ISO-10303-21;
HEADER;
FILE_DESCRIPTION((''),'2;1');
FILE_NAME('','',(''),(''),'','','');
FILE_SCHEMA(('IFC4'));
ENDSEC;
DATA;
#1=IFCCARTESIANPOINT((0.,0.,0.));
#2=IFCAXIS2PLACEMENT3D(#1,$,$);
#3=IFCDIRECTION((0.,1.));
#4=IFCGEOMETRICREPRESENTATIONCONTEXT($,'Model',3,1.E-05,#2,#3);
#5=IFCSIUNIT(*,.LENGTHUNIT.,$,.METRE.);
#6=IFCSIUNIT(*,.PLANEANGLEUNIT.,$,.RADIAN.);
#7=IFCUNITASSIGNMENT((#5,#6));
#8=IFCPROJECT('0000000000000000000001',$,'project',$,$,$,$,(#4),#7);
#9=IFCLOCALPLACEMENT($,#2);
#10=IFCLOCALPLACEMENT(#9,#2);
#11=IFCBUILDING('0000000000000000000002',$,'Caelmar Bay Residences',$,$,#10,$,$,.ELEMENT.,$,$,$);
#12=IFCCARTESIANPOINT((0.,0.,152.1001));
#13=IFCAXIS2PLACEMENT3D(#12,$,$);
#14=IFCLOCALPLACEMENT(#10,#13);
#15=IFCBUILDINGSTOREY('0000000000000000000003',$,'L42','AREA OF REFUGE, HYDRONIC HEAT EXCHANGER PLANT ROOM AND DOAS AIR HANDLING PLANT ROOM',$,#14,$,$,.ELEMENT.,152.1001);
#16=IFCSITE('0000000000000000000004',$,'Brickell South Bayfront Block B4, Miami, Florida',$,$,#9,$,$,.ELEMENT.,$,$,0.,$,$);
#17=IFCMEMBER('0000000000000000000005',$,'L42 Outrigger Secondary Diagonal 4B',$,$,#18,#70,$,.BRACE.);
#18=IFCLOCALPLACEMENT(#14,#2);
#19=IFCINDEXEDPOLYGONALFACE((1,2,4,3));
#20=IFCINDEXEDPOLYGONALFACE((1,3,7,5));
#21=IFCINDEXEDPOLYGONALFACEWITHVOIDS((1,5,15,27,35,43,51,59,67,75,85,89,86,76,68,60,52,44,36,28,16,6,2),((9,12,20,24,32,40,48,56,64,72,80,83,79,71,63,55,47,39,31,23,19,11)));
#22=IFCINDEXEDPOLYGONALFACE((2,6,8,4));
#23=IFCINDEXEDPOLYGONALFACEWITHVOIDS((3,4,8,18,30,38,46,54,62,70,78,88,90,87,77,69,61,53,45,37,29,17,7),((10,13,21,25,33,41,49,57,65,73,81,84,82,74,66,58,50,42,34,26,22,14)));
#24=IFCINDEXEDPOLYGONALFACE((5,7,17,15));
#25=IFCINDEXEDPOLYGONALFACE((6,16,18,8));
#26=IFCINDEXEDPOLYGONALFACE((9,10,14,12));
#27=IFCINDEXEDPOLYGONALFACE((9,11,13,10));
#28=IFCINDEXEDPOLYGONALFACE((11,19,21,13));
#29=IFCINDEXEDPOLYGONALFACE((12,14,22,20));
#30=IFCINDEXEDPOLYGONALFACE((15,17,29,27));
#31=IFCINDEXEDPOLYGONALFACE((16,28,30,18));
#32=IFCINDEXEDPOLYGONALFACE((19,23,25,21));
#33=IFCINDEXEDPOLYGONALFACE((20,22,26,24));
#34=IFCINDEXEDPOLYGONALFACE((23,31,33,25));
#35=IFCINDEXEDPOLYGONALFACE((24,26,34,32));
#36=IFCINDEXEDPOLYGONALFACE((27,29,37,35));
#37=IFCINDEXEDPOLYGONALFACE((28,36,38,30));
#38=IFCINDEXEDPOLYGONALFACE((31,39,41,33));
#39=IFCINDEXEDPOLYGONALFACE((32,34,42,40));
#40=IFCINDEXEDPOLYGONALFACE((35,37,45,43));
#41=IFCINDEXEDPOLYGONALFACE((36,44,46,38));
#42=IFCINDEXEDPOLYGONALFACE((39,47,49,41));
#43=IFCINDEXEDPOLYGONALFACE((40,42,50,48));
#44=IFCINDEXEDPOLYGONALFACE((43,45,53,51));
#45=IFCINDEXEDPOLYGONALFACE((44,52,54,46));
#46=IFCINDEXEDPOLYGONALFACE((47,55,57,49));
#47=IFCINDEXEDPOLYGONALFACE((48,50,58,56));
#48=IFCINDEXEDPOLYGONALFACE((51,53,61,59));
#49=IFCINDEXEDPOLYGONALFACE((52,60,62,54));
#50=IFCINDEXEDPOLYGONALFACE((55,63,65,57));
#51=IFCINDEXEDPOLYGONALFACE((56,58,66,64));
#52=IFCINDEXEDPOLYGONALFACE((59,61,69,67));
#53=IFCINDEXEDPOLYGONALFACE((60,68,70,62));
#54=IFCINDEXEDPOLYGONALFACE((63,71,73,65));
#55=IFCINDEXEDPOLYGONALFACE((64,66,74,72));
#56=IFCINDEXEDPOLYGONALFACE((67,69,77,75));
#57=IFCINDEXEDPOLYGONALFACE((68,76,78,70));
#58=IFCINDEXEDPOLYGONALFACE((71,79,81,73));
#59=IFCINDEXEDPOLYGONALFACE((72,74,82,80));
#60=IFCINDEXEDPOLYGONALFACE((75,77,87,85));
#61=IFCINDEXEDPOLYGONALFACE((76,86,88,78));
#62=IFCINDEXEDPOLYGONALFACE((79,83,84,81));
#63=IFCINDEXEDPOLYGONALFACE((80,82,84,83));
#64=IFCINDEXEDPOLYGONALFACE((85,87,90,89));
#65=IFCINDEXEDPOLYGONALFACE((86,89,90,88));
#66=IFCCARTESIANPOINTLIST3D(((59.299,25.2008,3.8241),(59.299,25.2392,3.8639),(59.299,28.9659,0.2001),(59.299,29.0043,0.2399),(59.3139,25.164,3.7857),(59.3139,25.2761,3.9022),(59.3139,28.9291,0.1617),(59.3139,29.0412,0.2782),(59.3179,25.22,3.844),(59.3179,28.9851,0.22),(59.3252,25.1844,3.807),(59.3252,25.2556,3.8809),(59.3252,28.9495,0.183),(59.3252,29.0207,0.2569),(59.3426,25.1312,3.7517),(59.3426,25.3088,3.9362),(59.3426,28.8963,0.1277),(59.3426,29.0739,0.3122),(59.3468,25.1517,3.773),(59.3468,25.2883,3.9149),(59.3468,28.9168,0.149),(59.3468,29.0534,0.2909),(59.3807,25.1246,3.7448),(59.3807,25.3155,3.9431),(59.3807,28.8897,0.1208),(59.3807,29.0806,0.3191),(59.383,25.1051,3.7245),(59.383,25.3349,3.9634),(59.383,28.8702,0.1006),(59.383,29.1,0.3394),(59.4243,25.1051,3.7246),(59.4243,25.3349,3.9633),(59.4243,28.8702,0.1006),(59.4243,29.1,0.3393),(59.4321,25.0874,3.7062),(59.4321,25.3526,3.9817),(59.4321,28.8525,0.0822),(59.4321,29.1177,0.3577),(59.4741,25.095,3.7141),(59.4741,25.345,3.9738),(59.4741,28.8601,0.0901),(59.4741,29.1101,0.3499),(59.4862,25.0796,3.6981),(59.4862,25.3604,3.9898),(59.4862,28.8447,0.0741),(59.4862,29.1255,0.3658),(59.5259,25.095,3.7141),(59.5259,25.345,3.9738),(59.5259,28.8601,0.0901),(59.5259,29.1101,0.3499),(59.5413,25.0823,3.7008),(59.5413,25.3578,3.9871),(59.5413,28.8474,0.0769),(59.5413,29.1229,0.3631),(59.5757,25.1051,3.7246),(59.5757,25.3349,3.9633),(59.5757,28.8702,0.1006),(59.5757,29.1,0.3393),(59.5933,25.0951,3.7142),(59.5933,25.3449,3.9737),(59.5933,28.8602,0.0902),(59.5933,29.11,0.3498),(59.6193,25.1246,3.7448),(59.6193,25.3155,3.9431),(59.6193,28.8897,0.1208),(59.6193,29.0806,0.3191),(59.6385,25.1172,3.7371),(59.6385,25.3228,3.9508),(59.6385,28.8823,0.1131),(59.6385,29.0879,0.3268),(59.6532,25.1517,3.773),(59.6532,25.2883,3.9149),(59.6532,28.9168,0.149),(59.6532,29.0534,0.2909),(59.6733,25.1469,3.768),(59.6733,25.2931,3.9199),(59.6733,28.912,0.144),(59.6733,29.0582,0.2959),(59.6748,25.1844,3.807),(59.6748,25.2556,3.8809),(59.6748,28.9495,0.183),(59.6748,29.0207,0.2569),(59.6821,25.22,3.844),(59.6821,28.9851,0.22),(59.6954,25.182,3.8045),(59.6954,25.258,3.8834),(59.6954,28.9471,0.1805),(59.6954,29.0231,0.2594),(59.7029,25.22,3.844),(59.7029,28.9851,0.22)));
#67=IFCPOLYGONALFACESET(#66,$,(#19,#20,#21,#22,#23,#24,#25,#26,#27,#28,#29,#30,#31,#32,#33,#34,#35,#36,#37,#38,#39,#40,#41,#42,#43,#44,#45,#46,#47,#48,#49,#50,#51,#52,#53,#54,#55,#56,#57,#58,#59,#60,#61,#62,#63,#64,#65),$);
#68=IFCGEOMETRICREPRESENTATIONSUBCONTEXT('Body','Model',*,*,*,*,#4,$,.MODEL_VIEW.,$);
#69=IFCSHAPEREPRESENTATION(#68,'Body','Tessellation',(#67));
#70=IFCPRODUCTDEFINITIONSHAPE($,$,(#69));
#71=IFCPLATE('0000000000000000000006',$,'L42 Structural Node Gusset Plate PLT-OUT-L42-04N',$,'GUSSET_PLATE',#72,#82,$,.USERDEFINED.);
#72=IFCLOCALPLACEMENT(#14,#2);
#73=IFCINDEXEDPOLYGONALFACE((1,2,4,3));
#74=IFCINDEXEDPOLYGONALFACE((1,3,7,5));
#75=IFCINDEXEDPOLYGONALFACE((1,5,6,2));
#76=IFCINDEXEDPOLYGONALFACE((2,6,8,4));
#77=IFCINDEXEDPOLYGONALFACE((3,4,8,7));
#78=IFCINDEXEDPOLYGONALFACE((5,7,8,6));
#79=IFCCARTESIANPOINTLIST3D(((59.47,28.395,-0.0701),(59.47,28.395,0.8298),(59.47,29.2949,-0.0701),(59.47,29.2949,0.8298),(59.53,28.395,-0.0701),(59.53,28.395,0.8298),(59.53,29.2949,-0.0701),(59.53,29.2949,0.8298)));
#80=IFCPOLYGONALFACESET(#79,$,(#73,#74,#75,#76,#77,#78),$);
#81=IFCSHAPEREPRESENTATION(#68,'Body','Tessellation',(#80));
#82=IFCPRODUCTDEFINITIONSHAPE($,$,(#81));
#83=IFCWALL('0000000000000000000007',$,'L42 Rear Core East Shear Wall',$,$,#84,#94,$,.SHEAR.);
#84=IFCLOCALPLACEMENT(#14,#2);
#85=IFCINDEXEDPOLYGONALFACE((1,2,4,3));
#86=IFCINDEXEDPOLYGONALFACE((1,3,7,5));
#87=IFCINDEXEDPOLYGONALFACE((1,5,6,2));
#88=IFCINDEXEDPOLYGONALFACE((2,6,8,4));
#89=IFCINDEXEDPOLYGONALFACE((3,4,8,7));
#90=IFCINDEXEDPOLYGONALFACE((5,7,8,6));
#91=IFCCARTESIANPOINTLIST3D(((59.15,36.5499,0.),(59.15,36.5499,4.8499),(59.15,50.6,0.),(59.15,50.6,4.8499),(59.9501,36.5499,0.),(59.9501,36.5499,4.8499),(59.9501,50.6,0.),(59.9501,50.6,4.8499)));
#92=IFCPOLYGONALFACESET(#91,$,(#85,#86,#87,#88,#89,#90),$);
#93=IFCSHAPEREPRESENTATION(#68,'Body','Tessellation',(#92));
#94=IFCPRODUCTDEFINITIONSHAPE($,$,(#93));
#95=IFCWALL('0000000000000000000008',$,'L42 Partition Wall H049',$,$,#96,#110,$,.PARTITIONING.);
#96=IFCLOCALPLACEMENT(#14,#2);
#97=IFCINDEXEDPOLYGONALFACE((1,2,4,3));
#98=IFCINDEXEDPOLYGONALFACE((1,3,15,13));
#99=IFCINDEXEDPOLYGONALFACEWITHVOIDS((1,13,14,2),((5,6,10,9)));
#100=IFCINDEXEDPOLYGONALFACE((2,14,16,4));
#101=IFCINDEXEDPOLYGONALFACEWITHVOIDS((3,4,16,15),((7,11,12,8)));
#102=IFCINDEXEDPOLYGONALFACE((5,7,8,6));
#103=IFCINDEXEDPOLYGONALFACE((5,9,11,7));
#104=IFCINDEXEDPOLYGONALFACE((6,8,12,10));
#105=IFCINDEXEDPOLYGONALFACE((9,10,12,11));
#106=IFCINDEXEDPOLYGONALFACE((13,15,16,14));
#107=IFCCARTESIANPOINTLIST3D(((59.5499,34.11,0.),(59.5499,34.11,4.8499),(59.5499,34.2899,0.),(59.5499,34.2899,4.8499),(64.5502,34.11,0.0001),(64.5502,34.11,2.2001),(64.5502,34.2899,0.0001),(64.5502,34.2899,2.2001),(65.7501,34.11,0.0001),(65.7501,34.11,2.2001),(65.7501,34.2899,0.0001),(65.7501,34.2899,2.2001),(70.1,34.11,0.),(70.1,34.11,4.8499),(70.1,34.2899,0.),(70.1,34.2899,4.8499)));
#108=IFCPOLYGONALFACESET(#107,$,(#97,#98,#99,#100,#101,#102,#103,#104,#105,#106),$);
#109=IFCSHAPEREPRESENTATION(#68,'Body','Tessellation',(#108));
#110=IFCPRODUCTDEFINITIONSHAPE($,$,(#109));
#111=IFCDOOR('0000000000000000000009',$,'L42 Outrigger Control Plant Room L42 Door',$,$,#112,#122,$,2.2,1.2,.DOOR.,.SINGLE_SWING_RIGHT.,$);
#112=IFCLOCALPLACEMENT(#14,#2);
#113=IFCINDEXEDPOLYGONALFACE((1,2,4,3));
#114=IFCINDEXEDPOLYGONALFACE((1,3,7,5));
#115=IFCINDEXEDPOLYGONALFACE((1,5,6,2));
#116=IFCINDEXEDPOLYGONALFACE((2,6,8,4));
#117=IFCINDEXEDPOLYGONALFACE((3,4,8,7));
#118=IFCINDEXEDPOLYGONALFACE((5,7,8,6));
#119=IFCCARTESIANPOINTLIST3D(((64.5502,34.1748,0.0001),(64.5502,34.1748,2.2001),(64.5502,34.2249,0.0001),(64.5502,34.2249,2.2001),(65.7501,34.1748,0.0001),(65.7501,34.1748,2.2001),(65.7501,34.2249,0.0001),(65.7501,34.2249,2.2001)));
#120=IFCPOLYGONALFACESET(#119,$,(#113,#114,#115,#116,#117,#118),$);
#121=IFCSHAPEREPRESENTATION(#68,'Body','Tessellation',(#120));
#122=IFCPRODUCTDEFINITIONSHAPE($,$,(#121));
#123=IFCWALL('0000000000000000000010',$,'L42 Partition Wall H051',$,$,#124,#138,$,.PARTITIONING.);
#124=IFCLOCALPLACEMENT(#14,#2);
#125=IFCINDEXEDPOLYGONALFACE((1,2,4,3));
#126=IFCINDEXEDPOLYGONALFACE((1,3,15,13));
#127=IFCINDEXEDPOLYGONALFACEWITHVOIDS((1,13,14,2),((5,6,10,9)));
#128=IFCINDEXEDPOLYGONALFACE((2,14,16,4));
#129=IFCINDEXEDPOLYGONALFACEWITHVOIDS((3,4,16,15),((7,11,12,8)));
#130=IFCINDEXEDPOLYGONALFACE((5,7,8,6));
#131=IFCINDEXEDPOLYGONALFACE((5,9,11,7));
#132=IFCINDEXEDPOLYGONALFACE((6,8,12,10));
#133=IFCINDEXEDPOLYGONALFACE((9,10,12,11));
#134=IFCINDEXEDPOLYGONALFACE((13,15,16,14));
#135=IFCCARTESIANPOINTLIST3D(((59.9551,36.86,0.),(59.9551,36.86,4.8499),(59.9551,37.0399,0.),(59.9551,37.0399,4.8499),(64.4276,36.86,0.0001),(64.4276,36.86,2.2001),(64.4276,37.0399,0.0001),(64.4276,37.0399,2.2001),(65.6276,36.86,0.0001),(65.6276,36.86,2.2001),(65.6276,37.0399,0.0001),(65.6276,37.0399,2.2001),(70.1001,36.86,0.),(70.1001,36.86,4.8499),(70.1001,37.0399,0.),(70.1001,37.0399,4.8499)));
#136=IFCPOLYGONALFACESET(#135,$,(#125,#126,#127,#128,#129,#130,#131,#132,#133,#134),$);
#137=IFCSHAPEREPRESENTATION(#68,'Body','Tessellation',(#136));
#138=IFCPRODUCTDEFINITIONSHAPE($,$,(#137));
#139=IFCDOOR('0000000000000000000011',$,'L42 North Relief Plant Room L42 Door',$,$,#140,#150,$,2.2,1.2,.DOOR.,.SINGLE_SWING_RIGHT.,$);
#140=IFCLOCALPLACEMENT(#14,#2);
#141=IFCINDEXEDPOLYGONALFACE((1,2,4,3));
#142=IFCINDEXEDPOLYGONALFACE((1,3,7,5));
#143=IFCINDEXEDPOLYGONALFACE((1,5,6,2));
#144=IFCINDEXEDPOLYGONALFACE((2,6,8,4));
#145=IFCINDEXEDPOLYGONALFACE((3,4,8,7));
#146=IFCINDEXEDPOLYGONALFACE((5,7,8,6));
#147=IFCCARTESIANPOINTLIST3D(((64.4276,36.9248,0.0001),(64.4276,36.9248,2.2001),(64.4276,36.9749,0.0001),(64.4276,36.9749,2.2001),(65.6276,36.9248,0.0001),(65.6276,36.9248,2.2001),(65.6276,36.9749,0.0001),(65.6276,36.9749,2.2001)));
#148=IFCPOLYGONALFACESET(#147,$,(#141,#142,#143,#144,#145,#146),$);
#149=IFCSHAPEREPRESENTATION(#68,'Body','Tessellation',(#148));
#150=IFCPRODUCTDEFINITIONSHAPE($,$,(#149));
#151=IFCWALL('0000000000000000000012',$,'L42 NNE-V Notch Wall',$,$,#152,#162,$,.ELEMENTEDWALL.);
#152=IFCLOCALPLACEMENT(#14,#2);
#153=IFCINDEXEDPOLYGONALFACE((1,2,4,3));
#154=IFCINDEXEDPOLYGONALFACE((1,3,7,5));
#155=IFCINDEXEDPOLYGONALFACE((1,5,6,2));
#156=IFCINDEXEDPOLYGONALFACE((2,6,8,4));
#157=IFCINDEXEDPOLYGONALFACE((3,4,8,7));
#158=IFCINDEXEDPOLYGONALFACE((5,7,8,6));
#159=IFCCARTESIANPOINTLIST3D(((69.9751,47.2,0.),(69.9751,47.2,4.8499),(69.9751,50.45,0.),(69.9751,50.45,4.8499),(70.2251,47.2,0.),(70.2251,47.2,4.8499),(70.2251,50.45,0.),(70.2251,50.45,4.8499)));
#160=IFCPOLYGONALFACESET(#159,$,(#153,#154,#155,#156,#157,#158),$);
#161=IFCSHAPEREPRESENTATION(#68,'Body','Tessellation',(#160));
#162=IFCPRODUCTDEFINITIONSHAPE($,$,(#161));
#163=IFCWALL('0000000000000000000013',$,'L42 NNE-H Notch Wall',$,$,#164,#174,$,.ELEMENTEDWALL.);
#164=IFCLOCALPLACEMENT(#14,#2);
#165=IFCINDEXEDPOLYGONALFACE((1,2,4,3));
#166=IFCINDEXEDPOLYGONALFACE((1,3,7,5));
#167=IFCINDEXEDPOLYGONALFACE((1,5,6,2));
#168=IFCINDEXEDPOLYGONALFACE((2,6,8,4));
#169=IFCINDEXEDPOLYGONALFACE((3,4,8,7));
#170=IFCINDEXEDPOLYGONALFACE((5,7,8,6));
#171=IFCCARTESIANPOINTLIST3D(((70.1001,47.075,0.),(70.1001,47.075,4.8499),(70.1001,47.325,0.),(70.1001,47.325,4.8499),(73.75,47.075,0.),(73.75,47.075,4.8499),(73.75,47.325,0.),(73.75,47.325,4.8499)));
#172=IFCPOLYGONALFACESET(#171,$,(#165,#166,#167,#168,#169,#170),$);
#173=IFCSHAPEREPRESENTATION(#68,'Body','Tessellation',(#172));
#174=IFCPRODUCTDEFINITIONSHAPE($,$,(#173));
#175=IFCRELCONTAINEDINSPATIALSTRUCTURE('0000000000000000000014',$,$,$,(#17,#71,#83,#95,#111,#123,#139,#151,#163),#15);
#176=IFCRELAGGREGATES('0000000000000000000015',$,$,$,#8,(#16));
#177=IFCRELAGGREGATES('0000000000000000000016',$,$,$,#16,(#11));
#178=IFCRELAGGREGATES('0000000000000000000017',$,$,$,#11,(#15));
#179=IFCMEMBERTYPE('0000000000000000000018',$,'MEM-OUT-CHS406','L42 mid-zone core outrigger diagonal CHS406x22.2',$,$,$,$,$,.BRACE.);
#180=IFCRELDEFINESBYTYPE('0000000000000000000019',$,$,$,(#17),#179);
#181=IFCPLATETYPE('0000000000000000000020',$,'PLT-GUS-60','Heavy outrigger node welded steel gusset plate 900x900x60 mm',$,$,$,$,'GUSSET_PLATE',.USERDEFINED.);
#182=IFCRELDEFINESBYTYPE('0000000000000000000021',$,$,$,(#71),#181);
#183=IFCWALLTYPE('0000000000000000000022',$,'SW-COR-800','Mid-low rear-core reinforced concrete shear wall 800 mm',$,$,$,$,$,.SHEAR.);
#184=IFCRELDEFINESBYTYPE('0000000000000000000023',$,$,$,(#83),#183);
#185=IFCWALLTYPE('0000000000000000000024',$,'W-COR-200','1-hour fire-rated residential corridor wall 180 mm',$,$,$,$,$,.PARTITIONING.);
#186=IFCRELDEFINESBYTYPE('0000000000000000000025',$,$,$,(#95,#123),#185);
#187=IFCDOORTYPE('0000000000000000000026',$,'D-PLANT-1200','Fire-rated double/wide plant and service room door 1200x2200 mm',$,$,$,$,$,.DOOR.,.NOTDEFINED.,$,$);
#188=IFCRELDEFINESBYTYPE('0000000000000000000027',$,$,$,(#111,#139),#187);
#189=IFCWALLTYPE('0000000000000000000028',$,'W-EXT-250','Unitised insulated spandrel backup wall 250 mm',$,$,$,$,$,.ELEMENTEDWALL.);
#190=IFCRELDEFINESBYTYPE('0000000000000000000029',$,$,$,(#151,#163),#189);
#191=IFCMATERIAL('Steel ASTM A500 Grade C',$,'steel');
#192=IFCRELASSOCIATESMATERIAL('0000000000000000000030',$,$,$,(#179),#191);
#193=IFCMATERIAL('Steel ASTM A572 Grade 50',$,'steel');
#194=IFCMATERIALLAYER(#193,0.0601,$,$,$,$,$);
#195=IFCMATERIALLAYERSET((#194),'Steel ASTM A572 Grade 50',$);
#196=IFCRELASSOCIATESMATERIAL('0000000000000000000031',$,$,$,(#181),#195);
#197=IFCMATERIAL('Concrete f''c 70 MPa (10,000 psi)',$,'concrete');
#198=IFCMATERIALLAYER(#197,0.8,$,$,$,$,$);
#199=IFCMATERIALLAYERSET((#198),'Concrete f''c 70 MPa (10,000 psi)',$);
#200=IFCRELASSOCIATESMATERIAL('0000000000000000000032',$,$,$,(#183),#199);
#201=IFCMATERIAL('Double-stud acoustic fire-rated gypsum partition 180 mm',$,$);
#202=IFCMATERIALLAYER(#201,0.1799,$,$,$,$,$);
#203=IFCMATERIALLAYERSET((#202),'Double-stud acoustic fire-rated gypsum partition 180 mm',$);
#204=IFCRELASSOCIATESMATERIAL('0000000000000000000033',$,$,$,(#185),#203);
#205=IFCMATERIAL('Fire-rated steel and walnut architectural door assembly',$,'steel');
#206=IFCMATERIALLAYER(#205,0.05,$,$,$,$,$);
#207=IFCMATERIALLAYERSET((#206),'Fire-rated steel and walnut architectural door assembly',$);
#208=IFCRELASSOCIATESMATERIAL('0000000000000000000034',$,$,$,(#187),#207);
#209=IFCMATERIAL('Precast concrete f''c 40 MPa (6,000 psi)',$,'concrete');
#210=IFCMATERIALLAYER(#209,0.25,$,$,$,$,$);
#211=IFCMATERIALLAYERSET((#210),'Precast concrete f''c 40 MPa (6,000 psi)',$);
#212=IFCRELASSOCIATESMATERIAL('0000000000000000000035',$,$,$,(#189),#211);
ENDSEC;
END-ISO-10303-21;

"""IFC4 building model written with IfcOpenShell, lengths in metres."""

from ifc_helpers import new_model, si_unit, direction, frame, frame_2d, origin, origin_2d, place, context, subcontext, project, spatial, rectangle, hollow_circle, extrude, material, layer, layer_set, material_profile, profile_set, type_object, element, fill, save


model = new_model("IFC4")

# Units and contexts
model_context = context("Model", 3, precision=1e-05, world=origin(), true_north=direction((0.0, 1.0)))
body_context = subcontext(model_context, "Body", "Model", "MODEL_VIEW")
ifc_project = project(units=[si_unit("LENGTHUNIT", "METRE"), si_unit("PLANEANGLEUNIT", "RADIAN")], contexts=[model_context])

# Site, building, storey
site_placement = place(None, origin())
site = spatial("IfcSite", under=ifc_project, at=site_placement, Name="Brickell South Bayfront Block B4, Miami, Florida", CompositionType="ELEMENT", RefElevation=0.0)
building_placement = place(site_placement, origin())
building = spatial("IfcBuilding", under=site, at=building_placement, Name="Caelmar Bay Residences", CompositionType="ELEMENT")
storey_placement = place(building_placement, frame((0.0, 0.0, 152.1001)))
storey = spatial("IfcBuildingStorey", under=building, at=storey_placement, Name="L42", Description="AREA OF REFUGE, HYDRONIC HEAT EXCHANGER PLANT ROOM AND DOAS AIR HANDLING PLANT ROOM", CompositionType="ELEMENT", Elevation=152.1001)

# Shared definitions
ifc_material_1 = material(Name="Concrete f'c 70 MPa (10,000 psi)", Category="concrete")

# Member
ifc_material_2 = material(Name="Steel ASTM A500 Grade C", Category="steel")
ifc_material_profile_1 = material_profile(ifc_material_2, hollow_circle(Radius=0.2029, WallThickness=0.0208, at=origin_2d()), Name="CHS406X22.2")
ifc_profile_set_1 = profile_set([ifc_material_profile_1], Name="Steel ASTM A500 Grade C")
member_type = type_object("IfcMemberType", Name="MEM-OUT-CHS406", Description="L42 mid-zone core outrigger diagonal CHS406x22.2", PredefinedType="BRACE", material=ifc_profile_set_1)
member_placement = place(storey_placement, frame((59.5, 28.9851, 0.22), z_axis=(0.0, -0.720479, 0.693476), x_axis=(1.0, 0.0, 0.0)))
element("IfcMember", 1, at=member_placement, inside=storey, type_object=member_type, Name="L42 Outrigger Secondary Diagonal 4B", PredefinedType="BRACE", context=body_context, shape_type="SweptSolid", body=[
    extrude(hollow_circle(Radius=0.2029, WallThickness=0.0208, at=origin_2d()), origin(), (0.0, 0.0, 1.0), 5.2258),
])

# Plate
ifc_material_3 = material(Name="Steel ASTM A572 Grade 50", Category="steel")
ifc_layer_1 = layer(ifc_material_3, 0.0601)
ifc_layer_set_1 = layer_set([ifc_layer_1], Name="Steel ASTM A572 Grade 50")
plate_type = type_object("IfcPlateType", Name="PLT-GUS-60", Description="Heavy outrigger node welded steel gusset plate 900x900x60 mm", ElementType="GUSSET_PLATE", PredefinedType="USERDEFINED", material=ifc_layer_set_1)
plate_placement = place(storey_placement, frame((59.5, 28.845, -0.0701), z_axis=(0.0, 0.0, 1.0), x_axis=(0.0, 1.0, 0.0)))
element("IfcPlate", 2, at=plate_placement, inside=storey, type_object=plate_type, Name="L42 Structural Node Gusset Plate PLT-OUT-L42-04N", ObjectType="GUSSET_PLATE", PredefinedType="USERDEFINED", context=body_context, shape_type="SweptSolid", body=[
    extrude(rectangle(XDim=0.8999, YDim=0.0601, at=origin_2d()), origin(), (0.0, 0.0, 1.0), 0.8999),
])

# Wall
ifc_layer_2 = layer(ifc_material_1, 0.8)
ifc_layer_set_2 = layer_set([ifc_layer_2], Name="Concrete f'c 70 MPa (10,000 psi)")
wall_type_1 = type_object("IfcWallType", Name="SW-COR-800", Description="Mid-low rear-core reinforced concrete shear wall 800 mm", PredefinedType="SHEAR", material=ifc_layer_set_2)
wall_1_placement = place(storey_placement, frame((59.55, 36.55, 0.0), z_axis=(0.0, 0.0, 1.0), x_axis=(0.0, 1.0, 0.0)))
element("IfcWall", 3, at=wall_1_placement, inside=storey, type_object=wall_type_1, Name="L42 Rear Core East Shear Wall", PredefinedType="SHEAR", context=body_context, shape_type="SweptSolid", body=[
    extrude(rectangle(XDim=14.05, YDim=0.8, at=frame_2d((7.0249, 0.0))), origin(), (0.0, 0.0, 1.0), 4.8499),
])

# Walls, openings, doors
ifc_material_4 = material(Name="Double-stud acoustic fire-rated gypsum partition 180 mm")
ifc_layer_3 = layer(ifc_material_4, 0.1799)
ifc_layer_set_3 = layer_set([ifc_layer_3], Name="Double-stud acoustic fire-rated gypsum partition 180 mm")
wall_type_2 = type_object("IfcWallType", Name="W-COR-200", Description="1-hour fire-rated residential corridor wall 180 mm", PredefinedType="PARTITIONING", material=ifc_layer_set_3)
wall_2_placement = place(storey_placement, frame((59.55, 34.2, 0.0), z_axis=(0.0, 0.0, 1.0), x_axis=(1.0, 0.0, 0.0)))
wall_2 = element("IfcWall", 4, at=wall_2_placement, inside=storey, type_object=wall_type_2, Name="L42 Partition Wall H049", PredefinedType="PARTITIONING", context=body_context, shape_type="SweptSolid", body=[
    extrude(rectangle(XDim=10.55, YDim=0.1799, at=frame_2d((5.2749, 0.0))), origin(), (0.0, 0.0, 1.0), 4.8499),
])
opening_1_placement = place(wall_2_placement, frame((5.0, 0.0, 0.0)))
opening_1 = element("IfcOpeningElement", 5, at=opening_1_placement, cuts=wall_2, PredefinedType="OPENING", context=body_context, shape_type="SweptSolid", body=[
    extrude(rectangle(XDim=1.2, YDim=2.2, at=frame_2d((0.6001, 1.1001))), frame((0.0, 0.0999, 0.0), z_axis=(0.0, -1.0, 0.0), x_axis=(1.0, 0.0, 0.0)), (0.0, 0.0, 1.0), 0.2),
])
ifc_material_5 = material(Name="Fire-rated steel and walnut architectural door assembly", Category="steel")
ifc_layer_4 = layer(ifc_material_5, 0.05)
ifc_layer_set_4 = layer_set([ifc_layer_4], Name="Fire-rated steel and walnut architectural door assembly")
door_type = type_object("IfcDoorType", Name="D-PLANT-1200", Description="Fire-rated double/wide plant and service room door 1200x2200 mm", OperationType="NOTDEFINED", PredefinedType="DOOR", material=ifc_layer_set_4)
door_1_placement = place(opening_1_placement, origin())
door_1 = element("IfcDoor", 6, at=door_1_placement, inside=storey, type_object=door_type, Name="L42 Outrigger Control Plant Room L42 Door", OperationType="SINGLE_SWING_RIGHT", OverallHeight=2.2, OverallWidth=1.2, PredefinedType="DOOR", context=body_context, shape_type="SweptSolid", body=[
    extrude(rectangle(XDim=1.2, YDim=2.2, at=frame_2d((0.6001, 1.1001))), frame((0.0, 0.0249, 0.0), z_axis=(0.0, -1.0, 0.0), x_axis=(1.0, 0.0, 0.0)), (0.0, 0.0, 1.0), 0.05),
])
fill(opening_1, door_1)
wall_3_placement = place(storey_placement, frame((59.9551, 36.95, 0.0), z_axis=(0.0, 0.0, 1.0), x_axis=(1.0, 0.0, 0.0)))
wall_3 = element("IfcWall", 7, at=wall_3_placement, inside=storey, type_object=wall_type_2, Name="L42 Partition Wall H051", PredefinedType="PARTITIONING", context=body_context, shape_type="SweptSolid", body=[
    extrude(rectangle(XDim=10.145, YDim=0.1799, at=frame_2d((5.0725, 0.0))), origin(), (0.0, 0.0, 1.0), 4.8499),
])
opening_2_placement = place(wall_3_placement, frame((4.4724, 0.0, 0.0)))
opening_2 = element("IfcOpeningElement", 8, at=opening_2_placement, cuts=wall_3, PredefinedType="OPENING", context=body_context, shape_type="SweptSolid", body=[
    extrude(rectangle(XDim=1.2, YDim=2.2, at=frame_2d((0.6001, 1.1001))), frame((0.0, 0.0999, 0.0), z_axis=(0.0, -1.0, 0.0), x_axis=(1.0, 0.0, 0.0)), (0.0, 0.0, 1.0), 0.2),
])
door_2_placement = place(opening_2_placement, origin())
door_2 = element("IfcDoor", 9, at=door_2_placement, inside=storey, type_object=door_type, Name="L42 North Relief Plant Room L42 Door", OperationType="SINGLE_SWING_RIGHT", OverallHeight=2.2, OverallWidth=1.2, PredefinedType="DOOR", context=body_context, shape_type="SweptSolid", body=[
    extrude(rectangle(XDim=1.2, YDim=2.2, at=frame_2d((0.6001, 1.1001))), frame((0.0, 0.0249, 0.0), z_axis=(0.0, -1.0, 0.0), x_axis=(1.0, 0.0, 0.0)), (0.0, 0.0, 1.0), 0.05),
])
fill(opening_2, door_2)

# Walls
ifc_material_6 = material(Name="Precast concrete f'c 40 MPa (6,000 psi)", Category="concrete")
ifc_layer_5 = layer(ifc_material_6, 0.25)
ifc_layer_set_5 = layer_set([ifc_layer_5], Name="Precast concrete f'c 40 MPa (6,000 psi)")
wall_type_3 = type_object("IfcWallType", Name="W-EXT-250", Description="Unitised insulated spandrel backup wall 250 mm", PredefinedType="ELEMENTEDWALL", material=ifc_layer_set_5)
wall_4_placement = place(storey_placement, frame((70.1001, 50.45, 0.0), z_axis=(0.0, 0.0, 1.0), x_axis=(0.0, -1.0, 0.0)))
element("IfcWall", 10, at=wall_4_placement, inside=storey, type_object=wall_type_3, Name="L42 NNE-V Notch Wall", PredefinedType="ELEMENTEDWALL", context=body_context, shape_type="SweptSolid", body=[
    extrude(rectangle(XDim=3.25, YDim=0.25, at=frame_2d((1.625, 0.0))), origin(), (0.0, 0.0, 1.0), 4.8499),
])
wall_5_placement = place(storey_placement, frame((70.1001, 47.2, 0.0), z_axis=(0.0, 0.0, 1.0), x_axis=(1.0, 0.0, 0.0)))
element("IfcWall", 11, at=wall_5_placement, inside=storey, type_object=wall_type_3, Name="L42 NNE-H Notch Wall", PredefinedType="ELEMENTEDWALL", context=body_context, shape_type="SweptSolid", body=[
    extrude(rectangle(XDim=3.6499, YDim=0.25, at=frame_2d((1.825, 0.0))), origin(), (0.0, 0.0, 1.0), 4.8499),
])

save(model, "model.ifc")
